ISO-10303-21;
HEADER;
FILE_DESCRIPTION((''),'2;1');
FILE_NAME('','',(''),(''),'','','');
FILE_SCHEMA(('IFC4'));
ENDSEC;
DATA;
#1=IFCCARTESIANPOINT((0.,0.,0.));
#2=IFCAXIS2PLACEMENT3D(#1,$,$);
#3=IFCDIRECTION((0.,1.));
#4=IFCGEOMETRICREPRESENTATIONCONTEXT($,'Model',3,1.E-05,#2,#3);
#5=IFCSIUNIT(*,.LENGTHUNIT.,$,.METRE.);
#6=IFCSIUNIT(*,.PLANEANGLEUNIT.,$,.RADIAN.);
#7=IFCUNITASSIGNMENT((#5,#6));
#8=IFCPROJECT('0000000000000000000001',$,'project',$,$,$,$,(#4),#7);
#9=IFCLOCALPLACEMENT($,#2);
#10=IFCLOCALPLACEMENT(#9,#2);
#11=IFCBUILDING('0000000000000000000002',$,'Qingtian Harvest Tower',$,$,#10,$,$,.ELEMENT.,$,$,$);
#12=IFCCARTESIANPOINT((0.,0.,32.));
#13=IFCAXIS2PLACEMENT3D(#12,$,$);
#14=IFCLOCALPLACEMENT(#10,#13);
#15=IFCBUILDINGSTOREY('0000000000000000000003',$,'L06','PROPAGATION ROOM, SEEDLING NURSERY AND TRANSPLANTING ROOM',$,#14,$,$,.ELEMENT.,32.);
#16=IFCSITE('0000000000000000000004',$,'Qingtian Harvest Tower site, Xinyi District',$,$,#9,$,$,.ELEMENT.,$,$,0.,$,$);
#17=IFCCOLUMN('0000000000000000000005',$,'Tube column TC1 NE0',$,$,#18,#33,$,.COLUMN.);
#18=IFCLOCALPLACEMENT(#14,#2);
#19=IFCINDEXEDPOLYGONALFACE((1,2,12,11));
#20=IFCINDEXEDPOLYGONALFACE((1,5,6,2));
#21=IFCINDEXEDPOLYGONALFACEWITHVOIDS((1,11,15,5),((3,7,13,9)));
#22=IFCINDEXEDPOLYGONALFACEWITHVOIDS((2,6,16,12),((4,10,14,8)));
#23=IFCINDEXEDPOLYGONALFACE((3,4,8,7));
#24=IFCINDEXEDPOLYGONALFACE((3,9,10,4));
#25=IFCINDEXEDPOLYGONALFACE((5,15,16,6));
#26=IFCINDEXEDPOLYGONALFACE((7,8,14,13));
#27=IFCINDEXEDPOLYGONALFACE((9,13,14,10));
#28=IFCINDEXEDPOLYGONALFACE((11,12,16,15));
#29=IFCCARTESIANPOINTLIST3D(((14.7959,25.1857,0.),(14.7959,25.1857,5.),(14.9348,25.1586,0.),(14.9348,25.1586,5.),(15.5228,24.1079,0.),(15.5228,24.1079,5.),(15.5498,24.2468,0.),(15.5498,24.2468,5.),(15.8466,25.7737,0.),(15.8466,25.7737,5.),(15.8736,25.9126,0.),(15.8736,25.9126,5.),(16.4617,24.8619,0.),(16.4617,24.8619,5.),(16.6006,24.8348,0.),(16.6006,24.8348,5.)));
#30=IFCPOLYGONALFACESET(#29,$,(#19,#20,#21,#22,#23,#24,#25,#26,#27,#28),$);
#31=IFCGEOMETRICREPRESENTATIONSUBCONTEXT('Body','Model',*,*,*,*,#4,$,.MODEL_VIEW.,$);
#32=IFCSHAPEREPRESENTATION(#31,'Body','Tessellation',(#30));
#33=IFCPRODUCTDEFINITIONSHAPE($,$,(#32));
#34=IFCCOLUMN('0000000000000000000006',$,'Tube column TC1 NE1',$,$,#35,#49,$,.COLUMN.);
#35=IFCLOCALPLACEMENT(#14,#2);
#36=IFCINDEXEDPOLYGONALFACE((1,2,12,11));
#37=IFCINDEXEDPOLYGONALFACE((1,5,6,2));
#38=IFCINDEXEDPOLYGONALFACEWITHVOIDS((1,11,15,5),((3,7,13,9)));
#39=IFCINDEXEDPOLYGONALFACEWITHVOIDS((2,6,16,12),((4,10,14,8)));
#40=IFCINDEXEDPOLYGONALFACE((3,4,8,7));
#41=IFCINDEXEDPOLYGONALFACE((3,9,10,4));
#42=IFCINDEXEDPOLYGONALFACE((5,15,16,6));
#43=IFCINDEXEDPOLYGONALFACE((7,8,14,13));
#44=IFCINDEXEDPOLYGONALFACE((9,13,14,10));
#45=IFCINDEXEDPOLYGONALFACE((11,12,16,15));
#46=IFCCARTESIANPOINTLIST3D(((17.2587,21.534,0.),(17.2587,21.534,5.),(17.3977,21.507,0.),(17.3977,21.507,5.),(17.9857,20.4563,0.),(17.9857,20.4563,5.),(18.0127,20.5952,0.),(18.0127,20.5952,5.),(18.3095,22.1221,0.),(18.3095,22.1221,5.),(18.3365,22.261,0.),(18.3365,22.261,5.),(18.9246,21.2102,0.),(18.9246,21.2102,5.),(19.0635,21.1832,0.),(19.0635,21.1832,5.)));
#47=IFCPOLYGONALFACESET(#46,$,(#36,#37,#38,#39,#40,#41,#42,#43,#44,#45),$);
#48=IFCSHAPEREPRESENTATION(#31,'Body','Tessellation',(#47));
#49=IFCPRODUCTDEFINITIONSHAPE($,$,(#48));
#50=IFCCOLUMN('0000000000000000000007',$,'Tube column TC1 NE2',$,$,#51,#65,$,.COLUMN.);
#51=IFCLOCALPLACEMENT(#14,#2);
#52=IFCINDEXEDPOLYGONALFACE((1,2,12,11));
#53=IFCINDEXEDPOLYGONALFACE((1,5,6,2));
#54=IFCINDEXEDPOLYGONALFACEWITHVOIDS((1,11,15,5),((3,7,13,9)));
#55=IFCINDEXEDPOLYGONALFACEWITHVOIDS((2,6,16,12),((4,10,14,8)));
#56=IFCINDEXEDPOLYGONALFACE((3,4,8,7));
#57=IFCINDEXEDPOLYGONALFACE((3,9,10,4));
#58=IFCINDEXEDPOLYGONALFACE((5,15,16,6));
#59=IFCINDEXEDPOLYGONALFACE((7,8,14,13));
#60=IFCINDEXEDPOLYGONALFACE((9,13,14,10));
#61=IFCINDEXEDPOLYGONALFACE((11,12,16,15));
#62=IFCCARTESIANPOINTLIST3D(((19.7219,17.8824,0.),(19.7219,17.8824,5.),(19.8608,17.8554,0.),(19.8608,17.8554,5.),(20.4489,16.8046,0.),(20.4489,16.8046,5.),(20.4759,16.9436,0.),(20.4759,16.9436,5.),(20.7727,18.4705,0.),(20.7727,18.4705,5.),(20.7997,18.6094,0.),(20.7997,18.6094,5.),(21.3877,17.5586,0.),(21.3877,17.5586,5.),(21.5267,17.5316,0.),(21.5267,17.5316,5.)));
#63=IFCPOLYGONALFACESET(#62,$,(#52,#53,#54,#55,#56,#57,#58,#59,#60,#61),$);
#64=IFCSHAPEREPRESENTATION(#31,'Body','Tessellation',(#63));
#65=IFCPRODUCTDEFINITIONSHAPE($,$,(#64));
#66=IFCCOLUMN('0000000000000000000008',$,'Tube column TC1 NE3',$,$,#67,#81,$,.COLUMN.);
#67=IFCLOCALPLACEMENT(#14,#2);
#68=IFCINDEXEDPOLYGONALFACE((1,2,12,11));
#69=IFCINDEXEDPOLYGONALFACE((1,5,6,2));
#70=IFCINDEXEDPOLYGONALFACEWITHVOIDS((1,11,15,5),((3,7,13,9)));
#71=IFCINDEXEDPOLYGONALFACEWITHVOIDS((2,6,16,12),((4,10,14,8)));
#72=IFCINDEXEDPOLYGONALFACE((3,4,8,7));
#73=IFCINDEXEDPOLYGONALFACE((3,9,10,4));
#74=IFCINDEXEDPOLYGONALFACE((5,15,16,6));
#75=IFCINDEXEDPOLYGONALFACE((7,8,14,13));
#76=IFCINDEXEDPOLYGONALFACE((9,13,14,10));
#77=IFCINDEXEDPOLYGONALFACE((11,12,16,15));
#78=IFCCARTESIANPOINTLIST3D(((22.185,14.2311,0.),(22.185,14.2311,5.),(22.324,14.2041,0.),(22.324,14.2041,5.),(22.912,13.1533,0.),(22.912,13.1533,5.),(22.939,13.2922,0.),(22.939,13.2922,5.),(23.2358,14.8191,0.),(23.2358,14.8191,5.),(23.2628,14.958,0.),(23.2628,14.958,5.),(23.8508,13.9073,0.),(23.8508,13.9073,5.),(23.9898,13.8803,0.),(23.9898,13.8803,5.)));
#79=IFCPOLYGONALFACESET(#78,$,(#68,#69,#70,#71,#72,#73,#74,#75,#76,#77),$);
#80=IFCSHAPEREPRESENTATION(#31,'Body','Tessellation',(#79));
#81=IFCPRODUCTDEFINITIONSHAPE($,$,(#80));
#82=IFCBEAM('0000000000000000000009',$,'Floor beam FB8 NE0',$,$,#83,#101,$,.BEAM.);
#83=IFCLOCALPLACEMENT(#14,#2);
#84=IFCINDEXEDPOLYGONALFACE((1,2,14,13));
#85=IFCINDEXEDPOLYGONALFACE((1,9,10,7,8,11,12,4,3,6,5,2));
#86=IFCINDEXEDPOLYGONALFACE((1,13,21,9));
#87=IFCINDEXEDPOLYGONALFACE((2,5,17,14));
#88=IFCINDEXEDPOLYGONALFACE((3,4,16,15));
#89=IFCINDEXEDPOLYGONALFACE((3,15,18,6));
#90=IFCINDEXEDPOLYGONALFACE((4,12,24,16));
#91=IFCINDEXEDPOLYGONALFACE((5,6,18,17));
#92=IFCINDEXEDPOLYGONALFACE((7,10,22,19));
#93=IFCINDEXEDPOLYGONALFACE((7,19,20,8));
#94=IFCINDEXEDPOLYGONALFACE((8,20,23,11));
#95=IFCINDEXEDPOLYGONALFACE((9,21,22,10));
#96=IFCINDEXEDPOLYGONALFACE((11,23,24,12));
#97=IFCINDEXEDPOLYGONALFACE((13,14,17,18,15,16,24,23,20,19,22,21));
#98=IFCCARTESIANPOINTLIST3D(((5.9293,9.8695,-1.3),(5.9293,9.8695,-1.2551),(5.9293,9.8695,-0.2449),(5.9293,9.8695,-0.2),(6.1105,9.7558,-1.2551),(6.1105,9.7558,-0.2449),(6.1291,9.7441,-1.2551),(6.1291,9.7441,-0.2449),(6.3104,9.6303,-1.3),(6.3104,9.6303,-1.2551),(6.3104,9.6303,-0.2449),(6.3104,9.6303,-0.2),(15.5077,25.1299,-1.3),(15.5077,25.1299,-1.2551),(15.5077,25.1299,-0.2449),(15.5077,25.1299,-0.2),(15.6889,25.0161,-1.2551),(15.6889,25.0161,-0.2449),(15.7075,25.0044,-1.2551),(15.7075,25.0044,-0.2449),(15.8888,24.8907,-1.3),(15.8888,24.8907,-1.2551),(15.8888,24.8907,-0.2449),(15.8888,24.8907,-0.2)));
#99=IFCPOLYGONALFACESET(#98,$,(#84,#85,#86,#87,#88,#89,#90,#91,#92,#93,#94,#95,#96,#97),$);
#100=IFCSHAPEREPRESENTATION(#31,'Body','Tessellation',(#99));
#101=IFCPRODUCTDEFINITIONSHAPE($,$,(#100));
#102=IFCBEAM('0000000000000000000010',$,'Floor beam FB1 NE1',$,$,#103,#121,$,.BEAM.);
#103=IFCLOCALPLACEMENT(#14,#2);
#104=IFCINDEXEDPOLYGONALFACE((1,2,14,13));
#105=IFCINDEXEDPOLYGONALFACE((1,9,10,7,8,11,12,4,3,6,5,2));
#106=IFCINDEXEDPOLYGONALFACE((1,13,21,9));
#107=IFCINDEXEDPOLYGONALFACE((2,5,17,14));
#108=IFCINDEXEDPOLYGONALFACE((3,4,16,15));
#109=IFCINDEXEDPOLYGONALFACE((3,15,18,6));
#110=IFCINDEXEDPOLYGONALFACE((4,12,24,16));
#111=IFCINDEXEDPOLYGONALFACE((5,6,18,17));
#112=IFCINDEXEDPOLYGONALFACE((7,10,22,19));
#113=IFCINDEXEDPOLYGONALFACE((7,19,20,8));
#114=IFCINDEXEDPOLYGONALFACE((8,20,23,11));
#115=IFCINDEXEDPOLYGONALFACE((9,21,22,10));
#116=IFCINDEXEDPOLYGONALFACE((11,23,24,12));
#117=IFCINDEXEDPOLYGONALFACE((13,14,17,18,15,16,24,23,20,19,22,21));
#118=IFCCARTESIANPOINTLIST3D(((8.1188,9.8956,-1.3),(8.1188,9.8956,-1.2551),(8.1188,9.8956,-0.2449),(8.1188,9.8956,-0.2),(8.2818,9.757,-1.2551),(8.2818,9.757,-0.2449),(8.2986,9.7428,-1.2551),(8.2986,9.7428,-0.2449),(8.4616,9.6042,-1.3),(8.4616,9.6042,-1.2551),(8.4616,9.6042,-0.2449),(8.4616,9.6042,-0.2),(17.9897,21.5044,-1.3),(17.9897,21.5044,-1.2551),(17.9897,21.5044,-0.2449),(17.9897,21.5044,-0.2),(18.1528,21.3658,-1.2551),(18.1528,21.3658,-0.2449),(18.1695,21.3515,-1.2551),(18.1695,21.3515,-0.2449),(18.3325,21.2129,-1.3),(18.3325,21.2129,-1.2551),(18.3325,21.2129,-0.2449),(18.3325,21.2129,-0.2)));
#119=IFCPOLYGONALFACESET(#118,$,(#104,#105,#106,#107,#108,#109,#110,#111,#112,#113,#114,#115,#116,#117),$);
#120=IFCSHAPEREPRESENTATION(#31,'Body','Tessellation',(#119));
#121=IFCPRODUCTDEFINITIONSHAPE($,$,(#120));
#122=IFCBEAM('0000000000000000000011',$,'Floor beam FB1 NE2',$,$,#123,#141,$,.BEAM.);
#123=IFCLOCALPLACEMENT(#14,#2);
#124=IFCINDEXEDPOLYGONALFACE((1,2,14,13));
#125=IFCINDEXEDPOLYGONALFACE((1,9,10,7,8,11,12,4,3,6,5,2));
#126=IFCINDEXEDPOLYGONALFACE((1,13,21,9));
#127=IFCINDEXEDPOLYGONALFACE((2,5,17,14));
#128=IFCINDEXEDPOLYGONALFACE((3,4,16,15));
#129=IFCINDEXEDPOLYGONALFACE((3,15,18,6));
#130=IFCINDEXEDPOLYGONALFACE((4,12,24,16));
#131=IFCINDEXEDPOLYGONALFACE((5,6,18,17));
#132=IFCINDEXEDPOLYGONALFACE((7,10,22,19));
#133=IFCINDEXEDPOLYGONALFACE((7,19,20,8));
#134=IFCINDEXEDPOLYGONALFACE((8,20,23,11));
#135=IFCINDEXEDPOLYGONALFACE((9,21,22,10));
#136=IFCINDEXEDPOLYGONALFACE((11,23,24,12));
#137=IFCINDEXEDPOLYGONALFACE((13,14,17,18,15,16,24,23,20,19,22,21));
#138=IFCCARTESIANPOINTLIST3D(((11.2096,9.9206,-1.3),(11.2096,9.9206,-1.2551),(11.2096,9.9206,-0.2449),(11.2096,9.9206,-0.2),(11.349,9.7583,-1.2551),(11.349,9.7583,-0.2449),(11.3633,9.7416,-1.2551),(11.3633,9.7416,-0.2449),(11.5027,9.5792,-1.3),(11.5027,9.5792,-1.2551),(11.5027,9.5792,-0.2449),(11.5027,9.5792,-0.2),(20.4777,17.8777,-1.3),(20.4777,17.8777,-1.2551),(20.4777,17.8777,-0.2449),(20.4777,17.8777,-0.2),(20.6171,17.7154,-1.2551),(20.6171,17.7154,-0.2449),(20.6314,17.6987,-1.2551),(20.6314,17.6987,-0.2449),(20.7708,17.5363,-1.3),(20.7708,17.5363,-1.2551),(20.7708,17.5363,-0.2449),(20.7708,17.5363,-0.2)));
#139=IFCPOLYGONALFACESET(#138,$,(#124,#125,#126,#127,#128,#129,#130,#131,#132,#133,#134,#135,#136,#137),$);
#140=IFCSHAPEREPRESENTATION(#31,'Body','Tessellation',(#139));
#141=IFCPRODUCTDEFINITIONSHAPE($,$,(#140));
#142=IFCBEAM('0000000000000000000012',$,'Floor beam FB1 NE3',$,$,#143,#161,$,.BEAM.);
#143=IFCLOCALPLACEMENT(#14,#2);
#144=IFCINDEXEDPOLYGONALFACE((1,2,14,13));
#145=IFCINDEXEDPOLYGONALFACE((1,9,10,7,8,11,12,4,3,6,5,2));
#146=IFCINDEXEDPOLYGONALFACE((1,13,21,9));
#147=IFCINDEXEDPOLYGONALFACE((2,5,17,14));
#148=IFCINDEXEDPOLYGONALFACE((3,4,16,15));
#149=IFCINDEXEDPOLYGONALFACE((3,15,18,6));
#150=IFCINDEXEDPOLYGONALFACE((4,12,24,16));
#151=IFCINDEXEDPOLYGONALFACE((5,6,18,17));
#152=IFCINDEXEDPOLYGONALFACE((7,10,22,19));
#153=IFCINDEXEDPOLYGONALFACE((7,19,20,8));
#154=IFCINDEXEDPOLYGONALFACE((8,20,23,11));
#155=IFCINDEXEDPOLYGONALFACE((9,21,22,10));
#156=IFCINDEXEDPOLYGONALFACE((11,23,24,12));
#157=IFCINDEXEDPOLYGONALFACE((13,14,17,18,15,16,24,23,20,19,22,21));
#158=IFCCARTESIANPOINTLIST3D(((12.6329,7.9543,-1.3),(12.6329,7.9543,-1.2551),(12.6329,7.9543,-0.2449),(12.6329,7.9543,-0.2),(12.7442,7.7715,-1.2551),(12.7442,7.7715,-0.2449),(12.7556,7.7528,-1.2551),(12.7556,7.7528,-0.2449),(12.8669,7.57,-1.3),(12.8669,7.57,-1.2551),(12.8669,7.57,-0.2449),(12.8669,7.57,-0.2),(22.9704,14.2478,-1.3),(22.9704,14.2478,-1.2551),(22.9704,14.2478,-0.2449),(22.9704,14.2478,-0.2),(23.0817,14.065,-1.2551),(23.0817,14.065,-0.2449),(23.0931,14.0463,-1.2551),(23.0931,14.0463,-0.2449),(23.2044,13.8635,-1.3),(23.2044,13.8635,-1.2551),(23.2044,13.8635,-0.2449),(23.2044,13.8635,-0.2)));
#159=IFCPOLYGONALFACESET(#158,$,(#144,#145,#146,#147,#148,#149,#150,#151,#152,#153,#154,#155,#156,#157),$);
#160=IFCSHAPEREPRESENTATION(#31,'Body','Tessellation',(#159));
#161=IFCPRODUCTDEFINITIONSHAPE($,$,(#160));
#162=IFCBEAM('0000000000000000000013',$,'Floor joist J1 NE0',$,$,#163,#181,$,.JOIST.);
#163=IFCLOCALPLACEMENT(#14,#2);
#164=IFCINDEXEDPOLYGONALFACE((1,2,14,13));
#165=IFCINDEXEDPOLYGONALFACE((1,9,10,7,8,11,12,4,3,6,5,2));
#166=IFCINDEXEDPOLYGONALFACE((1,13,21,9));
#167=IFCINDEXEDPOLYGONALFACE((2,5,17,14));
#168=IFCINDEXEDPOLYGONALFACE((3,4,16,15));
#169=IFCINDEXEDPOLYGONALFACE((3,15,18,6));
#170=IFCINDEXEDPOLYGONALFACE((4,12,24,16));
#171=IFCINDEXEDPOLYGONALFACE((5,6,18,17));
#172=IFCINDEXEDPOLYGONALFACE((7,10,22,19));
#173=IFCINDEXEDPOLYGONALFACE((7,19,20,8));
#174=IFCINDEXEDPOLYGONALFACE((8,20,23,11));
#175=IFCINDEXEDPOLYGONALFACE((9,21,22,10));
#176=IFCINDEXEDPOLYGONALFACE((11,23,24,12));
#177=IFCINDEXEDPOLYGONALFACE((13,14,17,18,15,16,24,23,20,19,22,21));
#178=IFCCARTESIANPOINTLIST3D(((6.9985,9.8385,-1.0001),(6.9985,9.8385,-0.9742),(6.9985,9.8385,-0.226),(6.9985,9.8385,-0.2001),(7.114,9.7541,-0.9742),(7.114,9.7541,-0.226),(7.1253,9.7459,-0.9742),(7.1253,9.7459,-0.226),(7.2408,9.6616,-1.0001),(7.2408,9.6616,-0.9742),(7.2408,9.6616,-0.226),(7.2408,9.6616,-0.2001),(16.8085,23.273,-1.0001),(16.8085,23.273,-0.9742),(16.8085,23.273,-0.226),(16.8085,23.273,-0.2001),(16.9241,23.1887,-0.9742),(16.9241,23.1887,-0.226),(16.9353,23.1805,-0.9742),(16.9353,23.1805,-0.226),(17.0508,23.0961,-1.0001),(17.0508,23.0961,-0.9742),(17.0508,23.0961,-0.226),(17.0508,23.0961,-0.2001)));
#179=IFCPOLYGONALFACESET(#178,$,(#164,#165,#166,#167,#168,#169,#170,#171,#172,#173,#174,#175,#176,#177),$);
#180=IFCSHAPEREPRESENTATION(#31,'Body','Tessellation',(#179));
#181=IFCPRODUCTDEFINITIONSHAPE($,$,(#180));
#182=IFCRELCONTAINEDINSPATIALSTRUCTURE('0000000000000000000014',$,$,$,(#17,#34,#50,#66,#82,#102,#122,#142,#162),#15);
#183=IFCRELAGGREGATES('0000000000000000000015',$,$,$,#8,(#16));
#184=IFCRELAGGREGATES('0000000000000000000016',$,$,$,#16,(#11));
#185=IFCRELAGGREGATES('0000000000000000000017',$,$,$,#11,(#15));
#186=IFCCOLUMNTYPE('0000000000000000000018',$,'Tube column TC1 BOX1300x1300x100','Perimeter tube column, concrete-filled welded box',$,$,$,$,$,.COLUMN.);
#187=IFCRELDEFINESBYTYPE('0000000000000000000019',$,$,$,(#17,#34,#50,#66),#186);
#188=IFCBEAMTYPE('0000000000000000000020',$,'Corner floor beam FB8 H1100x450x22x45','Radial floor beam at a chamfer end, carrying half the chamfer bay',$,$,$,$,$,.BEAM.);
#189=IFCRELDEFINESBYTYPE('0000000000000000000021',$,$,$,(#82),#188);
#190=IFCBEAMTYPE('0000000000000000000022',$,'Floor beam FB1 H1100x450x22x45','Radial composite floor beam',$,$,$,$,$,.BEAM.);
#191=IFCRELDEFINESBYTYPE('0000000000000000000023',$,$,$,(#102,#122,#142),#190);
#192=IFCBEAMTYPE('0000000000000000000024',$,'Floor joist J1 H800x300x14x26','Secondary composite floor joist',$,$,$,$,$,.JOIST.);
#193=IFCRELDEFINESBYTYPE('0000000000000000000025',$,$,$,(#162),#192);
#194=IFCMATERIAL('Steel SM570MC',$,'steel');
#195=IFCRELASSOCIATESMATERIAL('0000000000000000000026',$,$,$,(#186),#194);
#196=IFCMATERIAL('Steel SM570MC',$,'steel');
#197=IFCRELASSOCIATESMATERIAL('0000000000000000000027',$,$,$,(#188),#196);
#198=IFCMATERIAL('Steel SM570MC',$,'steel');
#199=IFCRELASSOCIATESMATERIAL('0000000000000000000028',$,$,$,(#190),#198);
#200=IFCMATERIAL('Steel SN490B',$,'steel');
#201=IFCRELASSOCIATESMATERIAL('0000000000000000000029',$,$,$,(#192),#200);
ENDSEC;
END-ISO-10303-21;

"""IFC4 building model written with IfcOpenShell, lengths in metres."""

from ifc_helpers import new_model, si_unit, direction, frame, origin, origin_2d, place, context, subcontext, project, spatial, hollow_rectangle, i_section, extrude, material, material_profile, profile_set, type_object, element, save


model = new_model("IFC4")

# Units and contexts
model_context = context("Model", 3, precision=1e-05, world=origin(), true_north=direction((0.0, 1.0)))
body_context = subcontext(model_context, "Body", "Model", "MODEL_VIEW")
ifc_project = project(units=[si_unit("LENGTHUNIT", "METRE"), si_unit("PLANEANGLEUNIT", "RADIAN")], contexts=[model_context])

# Site, building, storey
site_placement = place(None, origin())
site = spatial("IfcSite", under=ifc_project, at=site_placement, Name="Qingtian Harvest Tower site, Xinyi District", CompositionType="ELEMENT", RefElevation=0.0)
building_placement = place(site_placement, origin())
building = spatial("IfcBuilding", under=site, at=building_placement, Name="Qingtian Harvest Tower", CompositionType="ELEMENT")
storey_placement = place(building_placement, frame((0.0, 0.0, 32.0)))
storey = spatial("IfcBuildingStorey", under=building, at=storey_placement, Name="L06", Description="PROPAGATION ROOM, SEEDLING NURSERY AND TRANSPLANTING ROOM", CompositionType="ELEMENT", Elevation=32.0)

# Columns
ifc_material_1 = material(Name="Steel SM570MC", Category="steel")
ifc_material_profile_1 = material_profile(ifc_material_1, hollow_rectangle(XDim=1.3, YDim=1.3, WallThickness=0.1001, at=origin_2d()), Name="BOX1300x1300x100")
ifc_profile_set_1 = profile_set([ifc_material_profile_1], Name="Steel SM570MC")
column_type = type_object("IfcColumnType", Name="Tube column TC1 BOX1300x1300x100", Description="Perimeter tube column, concrete-filled welded box", PredefinedType="COLUMN", material=ifc_profile_set_1)
for number, where, z_axis, x_axis, name in (
    (1, (15.6982, 25.0103, 0.0), (0.0, 0.0, 1.0), (-0.559193, 0.829038, 0.0), "Tube column TC1 NE0"),
    (2, (18.1611, 21.3586, 0.0), (0.0, 0.0, 1.0), (-0.559193, 0.829038, 0.0), "Tube column TC1 NE1"),
    (3, (20.6243, 17.707, 0.0), (0.0, 0.0, 1.0), (-0.559193, 0.829038, 0.0), "Tube column TC1 NE2"),
    (4, (23.0874, 14.0557, 0.0), (0.0, 0.0, 1.0), (-0.559193, 0.829038, 0.0), "Tube column TC1 NE3"),
):
    element("IfcColumn", number, at=place(storey_placement, frame(where, z_axis=z_axis, x_axis=x_axis)), inside=storey, type_object=column_type, Name=name, PredefinedType="COLUMN", context=body_context, shape_type="SweptSolid", body=[
        extrude(hollow_rectangle(XDim=1.3, YDim=1.3, WallThickness=0.1001, at=origin_2d()), origin(), (0.0, 0.0, 1.0), 5.0),
    ])

# Beams
ifc_material_2 = material(Name="Steel SM570MC", Category="steel")
ifc_material_profile_2 = material_profile(ifc_material_2, i_section(OverallWidth=0.45, OverallDepth=1.1001, WebThickness=0.022, FlangeThickness=0.0449, at=origin_2d()), Name="H1100x450x22x45")
ifc_profile_set_2 = profile_set([ifc_material_profile_2], Name="Steel SM570MC")
beam_type_1 = type_object("IfcBeamType", Name="Corner floor beam FB8 H1100x450x22x45", Description="Radial floor beam at a chamfer end, carrying half the chamfer bay", PredefinedType="BEAM", material=ifc_profile_set_2)
beam_1_placement = place(storey_placement, frame((15.6982, 25.0103, -0.75), z_axis=(-0.531623, -0.846981, 0.0), x_axis=(0.846981, -0.531623, 0.0)))
element("IfcBeam", 5, at=beam_1_placement, inside=storey, type_object=beam_type_1, Name="Floor beam FB8 NE0", PredefinedType="BEAM", context=body_context, shape_type="SweptSolid", body=[
    extrude(i_section(OverallWidth=0.45, OverallDepth=1.1001, WebThickness=0.022, FlangeThickness=0.0449, at=origin_2d()), origin(), (0.0, 0.0, 1.0), 18.0173),
])
ifc_material_3 = material(Name="Steel SM570MC", Category="steel")
ifc_material_profile_3 = material_profile(ifc_material_3, i_section(OverallWidth=0.45, OverallDepth=1.1001, WebThickness=0.022, FlangeThickness=0.0449, at=origin_2d()), Name="H1100x450x22x45")
ifc_profile_set_3 = profile_set([ifc_material_profile_3], Name="Steel SM570MC")
beam_type_2 = type_object("IfcBeamType", Name="Floor beam FB1 H1100x450x22x45", Description="Radial composite floor beam", PredefinedType="BEAM", material=ifc_profile_set_3)
beam_2_placement = place(storey_placement, frame((18.1611, 21.3586, -0.75), z_axis=(-0.647782, -0.761826, 0.0), x_axis=(0.761826, -0.647782, 0.0)))
element("IfcBeam", 6, at=beam_2_placement, inside=storey, type_object=beam_type_2, Name="Floor beam FB1 NE1", PredefinedType="BEAM", context=body_context, shape_type="SweptSolid", body=[
    extrude(i_section(OverallWidth=0.45, OverallDepth=1.1001, WebThickness=0.022, FlangeThickness=0.0449, at=origin_2d()), origin(), (0.0, 0.0, 1.0), 15.238),
])
beam_3_placement = place(storey_placement, frame((20.6243, 17.707, -0.75), z_axis=(-0.758732, -0.651403, 0.0), x_axis=(0.651403, -0.758732, 0.0)))
element("IfcBeam", 7, at=beam_3_placement, inside=storey, type_object=beam_type_2, Name="Floor beam FB1 NE2", PredefinedType="BEAM", context=body_context, shape_type="SweptSolid", body=[
    extrude(i_section(OverallWidth=0.45, OverallDepth=1.1001, WebThickness=0.022, FlangeThickness=0.0449, at=origin_2d()), origin(), (0.0, 0.0, 1.0), 12.2153),
])
beam_4_placement = place(storey_placement, frame((23.0874, 14.0557, -0.75), z_axis=(-0.854157, -0.520015, 0.0), x_axis=(0.520015, -0.854157, 0.0)))
element("IfcBeam", 8, at=beam_4_placement, inside=storey, type_object=beam_type_2, Name="Floor beam FB1 NE3", PredefinedType="BEAM", context=body_context, shape_type="SweptSolid", body=[
    extrude(i_section(OverallWidth=0.45, OverallDepth=1.1001, WebThickness=0.022, FlangeThickness=0.0449, at=origin_2d()), origin(), (0.0, 0.0, 1.0), 12.1025),
])
ifc_material_4 = material(Name="Steel SN490B", Category="steel")
ifc_material_profile_4 = material_profile(ifc_material_4, i_section(OverallWidth=0.3, OverallDepth=0.8, WebThickness=0.0139, FlangeThickness=0.0259, at=origin_2d()), Name="H800x300x14x26")
ifc_profile_set_4 = profile_set([ifc_material_profile_4], Name="Steel SN490B")
beam_type_3 = type_object("IfcBeamType", Name="Floor joist J1 H800x300x14x26", Description="Secondary composite floor joist", PredefinedType="JOIST", material=ifc_profile_set_4)
beam_5_placement = place(storey_placement, frame((16.9297, 23.1846, -0.6001), z_axis=(-0.589722, -0.807606, 0.0), x_axis=(0.807606, -0.589722, 0.0)))
element("IfcBeam", 9, at=beam_5_placement, inside=storey, type_object=beam_type_3, Name="Floor joist J1 NE0", PredefinedType="JOIST", context=body_context, shape_type="SweptSolid", body=[
    extrude(i_section(OverallWidth=0.3, OverallDepth=0.8, WebThickness=0.0139, FlangeThickness=0.0259, at=origin_2d()), origin(), (0.0, 0.0, 1.0), 16.635),
])

save(model, "model.ifc")
